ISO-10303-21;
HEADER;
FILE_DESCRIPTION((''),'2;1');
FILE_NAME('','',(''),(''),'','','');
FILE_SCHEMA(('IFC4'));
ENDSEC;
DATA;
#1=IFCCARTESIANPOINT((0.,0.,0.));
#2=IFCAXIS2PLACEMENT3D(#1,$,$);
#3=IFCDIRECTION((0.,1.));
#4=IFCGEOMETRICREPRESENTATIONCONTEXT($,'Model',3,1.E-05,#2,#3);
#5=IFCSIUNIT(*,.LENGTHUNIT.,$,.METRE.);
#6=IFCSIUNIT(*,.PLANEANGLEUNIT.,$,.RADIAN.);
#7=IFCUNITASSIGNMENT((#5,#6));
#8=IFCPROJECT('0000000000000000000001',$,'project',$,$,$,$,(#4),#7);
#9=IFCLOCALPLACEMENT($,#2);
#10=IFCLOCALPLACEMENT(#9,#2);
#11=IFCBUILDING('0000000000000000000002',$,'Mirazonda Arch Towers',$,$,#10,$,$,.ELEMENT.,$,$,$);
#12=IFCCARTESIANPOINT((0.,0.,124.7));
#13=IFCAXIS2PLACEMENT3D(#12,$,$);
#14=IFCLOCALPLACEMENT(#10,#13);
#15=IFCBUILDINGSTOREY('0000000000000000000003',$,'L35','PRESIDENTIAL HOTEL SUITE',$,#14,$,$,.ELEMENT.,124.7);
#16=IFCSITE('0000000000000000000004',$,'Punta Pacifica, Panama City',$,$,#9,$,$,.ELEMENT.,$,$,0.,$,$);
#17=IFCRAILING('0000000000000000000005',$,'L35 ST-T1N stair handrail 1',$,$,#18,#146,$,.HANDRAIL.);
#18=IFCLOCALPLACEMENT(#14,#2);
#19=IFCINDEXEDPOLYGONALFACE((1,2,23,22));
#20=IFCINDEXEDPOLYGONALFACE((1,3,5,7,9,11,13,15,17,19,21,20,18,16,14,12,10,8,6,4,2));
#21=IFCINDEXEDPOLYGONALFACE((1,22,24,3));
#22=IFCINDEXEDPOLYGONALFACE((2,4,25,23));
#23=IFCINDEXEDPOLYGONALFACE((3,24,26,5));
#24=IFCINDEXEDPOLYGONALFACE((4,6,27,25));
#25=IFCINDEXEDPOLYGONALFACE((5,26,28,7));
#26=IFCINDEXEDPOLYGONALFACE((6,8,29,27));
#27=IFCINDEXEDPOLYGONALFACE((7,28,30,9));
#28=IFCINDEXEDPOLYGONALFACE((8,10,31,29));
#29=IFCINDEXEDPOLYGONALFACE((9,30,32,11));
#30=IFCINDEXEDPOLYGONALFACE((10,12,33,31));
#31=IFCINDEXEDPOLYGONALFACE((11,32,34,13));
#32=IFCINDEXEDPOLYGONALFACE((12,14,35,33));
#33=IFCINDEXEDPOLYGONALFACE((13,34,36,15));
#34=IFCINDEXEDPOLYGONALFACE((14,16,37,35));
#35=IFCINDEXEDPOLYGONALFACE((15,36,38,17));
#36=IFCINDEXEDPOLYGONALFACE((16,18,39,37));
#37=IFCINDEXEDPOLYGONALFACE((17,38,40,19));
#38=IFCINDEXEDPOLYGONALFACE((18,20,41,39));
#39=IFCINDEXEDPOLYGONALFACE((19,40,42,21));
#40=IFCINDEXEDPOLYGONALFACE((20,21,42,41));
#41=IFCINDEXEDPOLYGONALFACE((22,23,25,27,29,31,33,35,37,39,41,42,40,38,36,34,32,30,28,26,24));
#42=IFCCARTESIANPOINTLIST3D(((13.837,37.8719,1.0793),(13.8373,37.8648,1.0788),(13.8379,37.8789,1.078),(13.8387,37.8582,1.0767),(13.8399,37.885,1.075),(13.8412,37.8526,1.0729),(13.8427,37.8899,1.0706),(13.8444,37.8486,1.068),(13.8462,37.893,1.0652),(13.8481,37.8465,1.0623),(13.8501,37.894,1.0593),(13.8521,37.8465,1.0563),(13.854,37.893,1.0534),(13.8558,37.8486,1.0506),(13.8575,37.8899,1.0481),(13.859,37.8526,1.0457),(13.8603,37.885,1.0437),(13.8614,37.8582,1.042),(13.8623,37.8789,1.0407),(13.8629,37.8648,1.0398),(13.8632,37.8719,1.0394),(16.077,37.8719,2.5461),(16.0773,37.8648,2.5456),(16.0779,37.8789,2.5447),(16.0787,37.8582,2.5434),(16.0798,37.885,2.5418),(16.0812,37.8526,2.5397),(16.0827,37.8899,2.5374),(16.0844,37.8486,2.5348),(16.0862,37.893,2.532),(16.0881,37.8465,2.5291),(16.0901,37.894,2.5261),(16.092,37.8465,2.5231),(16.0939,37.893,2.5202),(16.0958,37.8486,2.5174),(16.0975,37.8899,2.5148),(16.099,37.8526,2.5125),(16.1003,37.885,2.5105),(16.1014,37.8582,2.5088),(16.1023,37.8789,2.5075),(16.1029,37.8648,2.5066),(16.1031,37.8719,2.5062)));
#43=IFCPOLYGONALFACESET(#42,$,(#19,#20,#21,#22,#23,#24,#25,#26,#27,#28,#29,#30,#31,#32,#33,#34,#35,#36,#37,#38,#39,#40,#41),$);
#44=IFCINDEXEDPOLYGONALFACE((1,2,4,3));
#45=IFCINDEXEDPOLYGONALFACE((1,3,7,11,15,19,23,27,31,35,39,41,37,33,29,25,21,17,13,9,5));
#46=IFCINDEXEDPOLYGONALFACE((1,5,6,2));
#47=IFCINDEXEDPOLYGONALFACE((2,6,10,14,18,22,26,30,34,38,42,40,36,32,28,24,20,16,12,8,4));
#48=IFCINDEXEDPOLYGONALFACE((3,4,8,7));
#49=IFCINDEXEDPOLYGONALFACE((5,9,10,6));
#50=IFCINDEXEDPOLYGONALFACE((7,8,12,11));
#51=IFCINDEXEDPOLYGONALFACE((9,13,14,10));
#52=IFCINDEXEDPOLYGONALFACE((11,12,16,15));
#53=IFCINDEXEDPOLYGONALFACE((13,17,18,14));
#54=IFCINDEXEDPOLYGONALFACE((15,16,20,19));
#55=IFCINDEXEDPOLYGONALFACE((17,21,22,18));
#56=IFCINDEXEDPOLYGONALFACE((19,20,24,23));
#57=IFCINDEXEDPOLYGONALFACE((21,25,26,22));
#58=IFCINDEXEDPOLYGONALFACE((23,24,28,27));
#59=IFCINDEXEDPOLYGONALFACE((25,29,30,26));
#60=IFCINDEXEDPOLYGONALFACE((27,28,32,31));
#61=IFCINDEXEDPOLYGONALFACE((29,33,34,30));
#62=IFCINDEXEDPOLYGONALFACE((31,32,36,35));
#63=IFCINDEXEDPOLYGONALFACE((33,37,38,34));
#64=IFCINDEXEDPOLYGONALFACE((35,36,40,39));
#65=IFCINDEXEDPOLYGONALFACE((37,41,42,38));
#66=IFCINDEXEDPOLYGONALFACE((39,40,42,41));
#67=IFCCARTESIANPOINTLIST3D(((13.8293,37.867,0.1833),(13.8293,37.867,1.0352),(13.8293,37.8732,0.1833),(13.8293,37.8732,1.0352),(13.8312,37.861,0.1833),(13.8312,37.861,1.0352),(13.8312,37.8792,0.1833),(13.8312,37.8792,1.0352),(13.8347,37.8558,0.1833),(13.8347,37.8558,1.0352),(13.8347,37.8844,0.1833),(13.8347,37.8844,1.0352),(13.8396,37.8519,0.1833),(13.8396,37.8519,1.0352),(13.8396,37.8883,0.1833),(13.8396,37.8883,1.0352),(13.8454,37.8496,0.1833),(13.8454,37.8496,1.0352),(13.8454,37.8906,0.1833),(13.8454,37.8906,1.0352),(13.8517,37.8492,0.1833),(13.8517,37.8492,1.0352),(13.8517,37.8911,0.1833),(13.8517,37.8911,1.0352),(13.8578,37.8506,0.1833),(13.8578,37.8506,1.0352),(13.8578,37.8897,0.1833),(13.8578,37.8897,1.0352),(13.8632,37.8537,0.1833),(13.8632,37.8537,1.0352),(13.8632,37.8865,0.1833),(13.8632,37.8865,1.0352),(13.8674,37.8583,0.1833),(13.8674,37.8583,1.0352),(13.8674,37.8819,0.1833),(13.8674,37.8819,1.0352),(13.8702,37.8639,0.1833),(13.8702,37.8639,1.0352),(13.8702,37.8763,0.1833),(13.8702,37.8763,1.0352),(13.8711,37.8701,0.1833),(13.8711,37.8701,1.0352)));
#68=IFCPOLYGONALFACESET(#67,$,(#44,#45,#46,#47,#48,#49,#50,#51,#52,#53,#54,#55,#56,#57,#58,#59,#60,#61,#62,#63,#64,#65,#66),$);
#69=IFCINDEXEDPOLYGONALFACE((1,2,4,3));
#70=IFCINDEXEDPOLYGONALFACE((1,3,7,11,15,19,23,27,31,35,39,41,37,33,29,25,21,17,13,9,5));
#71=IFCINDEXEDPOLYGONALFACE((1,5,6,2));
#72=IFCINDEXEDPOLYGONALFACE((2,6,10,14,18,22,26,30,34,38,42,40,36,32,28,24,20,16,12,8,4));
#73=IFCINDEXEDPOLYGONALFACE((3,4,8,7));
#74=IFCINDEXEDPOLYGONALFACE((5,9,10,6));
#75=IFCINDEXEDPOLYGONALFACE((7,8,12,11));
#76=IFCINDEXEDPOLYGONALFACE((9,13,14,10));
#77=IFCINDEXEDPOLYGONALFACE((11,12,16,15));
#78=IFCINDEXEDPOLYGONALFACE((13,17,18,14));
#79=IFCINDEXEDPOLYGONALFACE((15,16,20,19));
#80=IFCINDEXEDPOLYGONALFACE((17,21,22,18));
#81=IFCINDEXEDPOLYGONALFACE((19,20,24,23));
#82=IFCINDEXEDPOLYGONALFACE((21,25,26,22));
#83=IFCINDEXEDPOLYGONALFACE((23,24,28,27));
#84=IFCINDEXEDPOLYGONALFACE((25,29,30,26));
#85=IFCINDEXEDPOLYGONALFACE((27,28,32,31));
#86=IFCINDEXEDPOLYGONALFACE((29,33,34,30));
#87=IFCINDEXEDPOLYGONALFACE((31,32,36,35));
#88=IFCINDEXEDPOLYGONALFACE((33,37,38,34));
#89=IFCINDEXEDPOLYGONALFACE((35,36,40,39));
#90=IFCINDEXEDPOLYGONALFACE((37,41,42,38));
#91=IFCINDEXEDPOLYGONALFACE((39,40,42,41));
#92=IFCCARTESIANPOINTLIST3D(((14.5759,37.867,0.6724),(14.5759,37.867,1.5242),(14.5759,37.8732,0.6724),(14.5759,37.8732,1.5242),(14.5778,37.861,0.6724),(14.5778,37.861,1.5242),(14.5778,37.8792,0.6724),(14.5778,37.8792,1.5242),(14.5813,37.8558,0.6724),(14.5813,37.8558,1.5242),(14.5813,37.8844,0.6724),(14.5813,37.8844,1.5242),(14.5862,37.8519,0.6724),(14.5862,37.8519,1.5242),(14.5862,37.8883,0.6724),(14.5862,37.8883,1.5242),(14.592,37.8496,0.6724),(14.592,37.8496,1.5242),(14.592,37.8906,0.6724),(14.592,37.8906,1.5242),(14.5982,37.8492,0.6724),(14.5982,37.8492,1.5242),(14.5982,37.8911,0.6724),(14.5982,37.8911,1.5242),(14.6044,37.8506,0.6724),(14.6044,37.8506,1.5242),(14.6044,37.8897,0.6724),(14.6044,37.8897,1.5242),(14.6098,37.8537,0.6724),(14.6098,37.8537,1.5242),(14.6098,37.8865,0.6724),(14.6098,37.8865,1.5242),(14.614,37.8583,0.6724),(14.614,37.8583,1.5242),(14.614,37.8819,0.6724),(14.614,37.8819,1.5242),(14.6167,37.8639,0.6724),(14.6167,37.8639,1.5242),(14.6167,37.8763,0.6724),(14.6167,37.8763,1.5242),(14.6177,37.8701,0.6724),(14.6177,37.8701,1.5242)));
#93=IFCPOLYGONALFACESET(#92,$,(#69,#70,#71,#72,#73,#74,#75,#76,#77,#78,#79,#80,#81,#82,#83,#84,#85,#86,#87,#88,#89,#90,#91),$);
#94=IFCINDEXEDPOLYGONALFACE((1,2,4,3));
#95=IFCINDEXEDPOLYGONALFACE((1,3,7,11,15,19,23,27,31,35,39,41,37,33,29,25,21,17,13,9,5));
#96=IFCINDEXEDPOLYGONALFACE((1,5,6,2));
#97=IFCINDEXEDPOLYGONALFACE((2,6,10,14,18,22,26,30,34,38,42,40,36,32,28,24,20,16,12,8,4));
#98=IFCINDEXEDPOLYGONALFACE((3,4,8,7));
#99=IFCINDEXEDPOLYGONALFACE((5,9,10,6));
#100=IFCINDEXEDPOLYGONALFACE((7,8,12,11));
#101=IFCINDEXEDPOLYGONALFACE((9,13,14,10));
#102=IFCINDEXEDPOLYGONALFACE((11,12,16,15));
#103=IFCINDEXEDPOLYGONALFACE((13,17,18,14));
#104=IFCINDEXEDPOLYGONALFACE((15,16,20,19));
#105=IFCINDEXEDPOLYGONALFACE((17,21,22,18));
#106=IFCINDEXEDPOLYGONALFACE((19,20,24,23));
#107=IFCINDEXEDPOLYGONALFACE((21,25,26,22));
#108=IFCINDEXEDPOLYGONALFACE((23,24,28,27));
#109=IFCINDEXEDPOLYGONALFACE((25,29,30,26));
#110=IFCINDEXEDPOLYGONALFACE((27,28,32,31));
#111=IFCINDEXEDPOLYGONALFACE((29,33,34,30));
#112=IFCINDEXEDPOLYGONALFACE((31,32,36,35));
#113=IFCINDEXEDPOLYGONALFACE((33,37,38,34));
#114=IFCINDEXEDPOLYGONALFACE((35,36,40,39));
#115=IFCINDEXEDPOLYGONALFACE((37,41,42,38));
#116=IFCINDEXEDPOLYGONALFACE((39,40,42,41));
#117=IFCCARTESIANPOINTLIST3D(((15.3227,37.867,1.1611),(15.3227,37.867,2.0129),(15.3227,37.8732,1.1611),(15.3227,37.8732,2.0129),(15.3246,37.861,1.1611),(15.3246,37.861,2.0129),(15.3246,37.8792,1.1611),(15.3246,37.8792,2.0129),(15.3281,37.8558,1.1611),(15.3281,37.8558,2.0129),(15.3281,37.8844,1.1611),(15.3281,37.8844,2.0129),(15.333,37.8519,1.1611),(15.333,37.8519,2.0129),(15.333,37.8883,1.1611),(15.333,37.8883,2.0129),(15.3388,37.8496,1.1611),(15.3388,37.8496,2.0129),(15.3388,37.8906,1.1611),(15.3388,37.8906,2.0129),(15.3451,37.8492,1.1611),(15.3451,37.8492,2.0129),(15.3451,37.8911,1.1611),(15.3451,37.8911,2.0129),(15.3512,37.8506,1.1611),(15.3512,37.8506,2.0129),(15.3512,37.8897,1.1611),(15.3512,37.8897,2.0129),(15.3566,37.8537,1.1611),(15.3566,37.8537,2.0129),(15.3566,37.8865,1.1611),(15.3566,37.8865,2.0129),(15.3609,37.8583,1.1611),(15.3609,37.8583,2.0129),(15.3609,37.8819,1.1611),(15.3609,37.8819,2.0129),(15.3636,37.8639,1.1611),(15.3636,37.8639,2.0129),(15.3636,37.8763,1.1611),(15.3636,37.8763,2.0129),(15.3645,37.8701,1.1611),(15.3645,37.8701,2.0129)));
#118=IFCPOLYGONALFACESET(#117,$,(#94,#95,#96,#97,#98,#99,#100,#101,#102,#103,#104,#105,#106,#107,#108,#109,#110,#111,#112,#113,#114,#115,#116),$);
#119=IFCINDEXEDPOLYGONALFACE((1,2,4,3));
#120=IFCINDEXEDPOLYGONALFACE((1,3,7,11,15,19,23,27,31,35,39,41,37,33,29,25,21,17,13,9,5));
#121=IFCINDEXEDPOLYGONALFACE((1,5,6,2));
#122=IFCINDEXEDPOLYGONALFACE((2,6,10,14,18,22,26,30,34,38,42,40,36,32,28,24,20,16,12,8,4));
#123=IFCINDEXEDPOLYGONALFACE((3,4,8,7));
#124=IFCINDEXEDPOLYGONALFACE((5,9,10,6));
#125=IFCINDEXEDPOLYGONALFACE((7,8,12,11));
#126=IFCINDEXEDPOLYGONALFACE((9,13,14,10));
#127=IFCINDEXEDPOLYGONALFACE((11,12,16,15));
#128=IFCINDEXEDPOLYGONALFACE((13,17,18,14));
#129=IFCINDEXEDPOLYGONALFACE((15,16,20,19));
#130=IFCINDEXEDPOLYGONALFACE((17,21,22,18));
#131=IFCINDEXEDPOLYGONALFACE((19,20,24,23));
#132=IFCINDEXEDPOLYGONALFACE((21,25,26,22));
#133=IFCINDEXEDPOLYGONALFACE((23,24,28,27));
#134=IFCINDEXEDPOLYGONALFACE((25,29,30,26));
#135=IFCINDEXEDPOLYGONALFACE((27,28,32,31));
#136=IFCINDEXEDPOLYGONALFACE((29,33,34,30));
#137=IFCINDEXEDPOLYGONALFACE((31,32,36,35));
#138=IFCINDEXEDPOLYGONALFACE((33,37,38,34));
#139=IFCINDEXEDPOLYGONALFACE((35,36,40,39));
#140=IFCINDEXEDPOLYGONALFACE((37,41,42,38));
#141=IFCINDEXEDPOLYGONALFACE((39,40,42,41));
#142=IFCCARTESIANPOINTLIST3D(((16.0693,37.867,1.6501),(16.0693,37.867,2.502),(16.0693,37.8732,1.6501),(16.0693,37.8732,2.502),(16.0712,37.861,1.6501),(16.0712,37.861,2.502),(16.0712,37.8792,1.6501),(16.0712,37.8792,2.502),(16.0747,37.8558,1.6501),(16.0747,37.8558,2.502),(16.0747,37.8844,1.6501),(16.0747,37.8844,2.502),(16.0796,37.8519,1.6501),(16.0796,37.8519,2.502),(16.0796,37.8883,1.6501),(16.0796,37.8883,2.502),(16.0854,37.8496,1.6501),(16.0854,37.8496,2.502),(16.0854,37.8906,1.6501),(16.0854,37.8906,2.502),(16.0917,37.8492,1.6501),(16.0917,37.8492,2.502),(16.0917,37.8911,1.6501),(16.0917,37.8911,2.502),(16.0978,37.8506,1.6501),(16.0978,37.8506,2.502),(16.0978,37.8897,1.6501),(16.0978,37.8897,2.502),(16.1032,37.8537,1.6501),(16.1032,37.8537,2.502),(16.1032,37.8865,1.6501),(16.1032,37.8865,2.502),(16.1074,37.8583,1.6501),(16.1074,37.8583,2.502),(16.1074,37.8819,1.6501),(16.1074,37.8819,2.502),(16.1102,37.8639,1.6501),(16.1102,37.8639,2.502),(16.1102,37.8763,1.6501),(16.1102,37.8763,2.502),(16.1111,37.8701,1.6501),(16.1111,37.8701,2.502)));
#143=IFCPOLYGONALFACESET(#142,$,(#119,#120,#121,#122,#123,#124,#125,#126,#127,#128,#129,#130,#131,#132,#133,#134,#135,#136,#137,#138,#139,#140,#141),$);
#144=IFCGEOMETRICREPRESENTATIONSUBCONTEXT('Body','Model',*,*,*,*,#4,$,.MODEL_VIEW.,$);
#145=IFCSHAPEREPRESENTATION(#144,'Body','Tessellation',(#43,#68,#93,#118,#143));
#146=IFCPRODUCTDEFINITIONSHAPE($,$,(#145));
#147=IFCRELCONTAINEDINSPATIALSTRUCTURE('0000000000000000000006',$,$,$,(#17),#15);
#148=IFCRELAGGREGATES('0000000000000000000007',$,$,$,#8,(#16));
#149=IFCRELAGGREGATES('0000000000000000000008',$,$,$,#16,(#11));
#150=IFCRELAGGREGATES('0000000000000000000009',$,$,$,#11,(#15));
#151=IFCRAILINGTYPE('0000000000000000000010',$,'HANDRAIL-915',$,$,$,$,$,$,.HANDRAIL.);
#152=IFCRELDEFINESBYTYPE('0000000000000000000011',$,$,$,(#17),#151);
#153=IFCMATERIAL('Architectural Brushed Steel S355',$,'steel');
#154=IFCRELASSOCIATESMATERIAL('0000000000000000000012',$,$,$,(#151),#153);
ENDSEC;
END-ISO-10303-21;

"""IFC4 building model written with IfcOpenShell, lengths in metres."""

from ifc_helpers import new_model, si_unit, direction, frame, origin, origin_2d, place, context, subcontext, project, spatial, circle, extrude, material, type_object, element, save


model = new_model("IFC4")

# Units and contexts
model_context = context("Model", 3, precision=1e-05, world=origin(), true_north=direction((0.0, 1.0)))
body_context = subcontext(model_context, "Body", "Model", "MODEL_VIEW")
ifc_project = project(units=[si_unit("LENGTHUNIT", "METRE"), si_unit("PLANEANGLEUNIT", "RADIAN")], contexts=[model_context])

# Site, building, storey
site_placement = place(None, origin())
site = spatial("IfcSite", under=ifc_project, at=site_placement, Name="Punta Pacifica, Panama City", CompositionType="ELEMENT", RefElevation=0.0)
building_placement = place(site_placement, origin())
building = spatial("IfcBuilding", under=site, at=building_placement, Name="Mirazonda Arch Towers", CompositionType="ELEMENT")
storey_placement = place(building_placement, frame((0.0, 0.0, 124.7)))
storey = spatial("IfcBuildingStorey", under=building, at=storey_placement, Name="L35", Description="PRESIDENTIAL HOTEL SUITE", CompositionType="ELEMENT", Elevation=124.7)

# Shared definitions
ifc_material_1 = material(Name="Architectural Brushed Steel S355", Category="steel")

# Railing
railing_type_1 = type_object("IfcRailingType", Name="HANDRAIL-915", PredefinedType="HANDRAIL", material=ifc_material_1)
railing_1_placement = place(storey_placement, frame((13.8501, 37.8701, 0.1833)))
element("IfcRailing", 1, at=railing_1_placement, inside=storey, type_object=railing_type_1, Name="L35 ST-T1N stair handrail 1", PredefinedType="HANDRAIL", context=body_context, shape_type="SweptSolid", body=[
    extrude(circle(Radius=0.0239, at=origin_2d()), frame((0.0, 0.0, 0.876), z_axis=(0.836595, 0.0, 0.547822), x_axis=(0.0, 1.0, 0.0)), (0.0, 0.0, 1.0), 2.6775),
    extrude(circle(Radius=0.021, at=origin_2d()), origin(), (0.0, 0.0, 1.0), 0.8518),
    extrude(circle(Radius=0.021, at=origin_2d()), frame((0.7466, 0.0, 0.489)), (0.0, 0.0, 1.0), 0.8518),
    extrude(circle(Radius=0.021, at=origin_2d()), frame((1.4934, 0.0, 0.9778)), (0.0, 0.0, 1.0), 0.8518),
    extrude(circle(Radius=0.021, at=origin_2d()), frame((2.24, 0.0, 1.4668)), (0.0, 0.0, 1.0), 0.8518),
])

save(model, "model.ifc")
